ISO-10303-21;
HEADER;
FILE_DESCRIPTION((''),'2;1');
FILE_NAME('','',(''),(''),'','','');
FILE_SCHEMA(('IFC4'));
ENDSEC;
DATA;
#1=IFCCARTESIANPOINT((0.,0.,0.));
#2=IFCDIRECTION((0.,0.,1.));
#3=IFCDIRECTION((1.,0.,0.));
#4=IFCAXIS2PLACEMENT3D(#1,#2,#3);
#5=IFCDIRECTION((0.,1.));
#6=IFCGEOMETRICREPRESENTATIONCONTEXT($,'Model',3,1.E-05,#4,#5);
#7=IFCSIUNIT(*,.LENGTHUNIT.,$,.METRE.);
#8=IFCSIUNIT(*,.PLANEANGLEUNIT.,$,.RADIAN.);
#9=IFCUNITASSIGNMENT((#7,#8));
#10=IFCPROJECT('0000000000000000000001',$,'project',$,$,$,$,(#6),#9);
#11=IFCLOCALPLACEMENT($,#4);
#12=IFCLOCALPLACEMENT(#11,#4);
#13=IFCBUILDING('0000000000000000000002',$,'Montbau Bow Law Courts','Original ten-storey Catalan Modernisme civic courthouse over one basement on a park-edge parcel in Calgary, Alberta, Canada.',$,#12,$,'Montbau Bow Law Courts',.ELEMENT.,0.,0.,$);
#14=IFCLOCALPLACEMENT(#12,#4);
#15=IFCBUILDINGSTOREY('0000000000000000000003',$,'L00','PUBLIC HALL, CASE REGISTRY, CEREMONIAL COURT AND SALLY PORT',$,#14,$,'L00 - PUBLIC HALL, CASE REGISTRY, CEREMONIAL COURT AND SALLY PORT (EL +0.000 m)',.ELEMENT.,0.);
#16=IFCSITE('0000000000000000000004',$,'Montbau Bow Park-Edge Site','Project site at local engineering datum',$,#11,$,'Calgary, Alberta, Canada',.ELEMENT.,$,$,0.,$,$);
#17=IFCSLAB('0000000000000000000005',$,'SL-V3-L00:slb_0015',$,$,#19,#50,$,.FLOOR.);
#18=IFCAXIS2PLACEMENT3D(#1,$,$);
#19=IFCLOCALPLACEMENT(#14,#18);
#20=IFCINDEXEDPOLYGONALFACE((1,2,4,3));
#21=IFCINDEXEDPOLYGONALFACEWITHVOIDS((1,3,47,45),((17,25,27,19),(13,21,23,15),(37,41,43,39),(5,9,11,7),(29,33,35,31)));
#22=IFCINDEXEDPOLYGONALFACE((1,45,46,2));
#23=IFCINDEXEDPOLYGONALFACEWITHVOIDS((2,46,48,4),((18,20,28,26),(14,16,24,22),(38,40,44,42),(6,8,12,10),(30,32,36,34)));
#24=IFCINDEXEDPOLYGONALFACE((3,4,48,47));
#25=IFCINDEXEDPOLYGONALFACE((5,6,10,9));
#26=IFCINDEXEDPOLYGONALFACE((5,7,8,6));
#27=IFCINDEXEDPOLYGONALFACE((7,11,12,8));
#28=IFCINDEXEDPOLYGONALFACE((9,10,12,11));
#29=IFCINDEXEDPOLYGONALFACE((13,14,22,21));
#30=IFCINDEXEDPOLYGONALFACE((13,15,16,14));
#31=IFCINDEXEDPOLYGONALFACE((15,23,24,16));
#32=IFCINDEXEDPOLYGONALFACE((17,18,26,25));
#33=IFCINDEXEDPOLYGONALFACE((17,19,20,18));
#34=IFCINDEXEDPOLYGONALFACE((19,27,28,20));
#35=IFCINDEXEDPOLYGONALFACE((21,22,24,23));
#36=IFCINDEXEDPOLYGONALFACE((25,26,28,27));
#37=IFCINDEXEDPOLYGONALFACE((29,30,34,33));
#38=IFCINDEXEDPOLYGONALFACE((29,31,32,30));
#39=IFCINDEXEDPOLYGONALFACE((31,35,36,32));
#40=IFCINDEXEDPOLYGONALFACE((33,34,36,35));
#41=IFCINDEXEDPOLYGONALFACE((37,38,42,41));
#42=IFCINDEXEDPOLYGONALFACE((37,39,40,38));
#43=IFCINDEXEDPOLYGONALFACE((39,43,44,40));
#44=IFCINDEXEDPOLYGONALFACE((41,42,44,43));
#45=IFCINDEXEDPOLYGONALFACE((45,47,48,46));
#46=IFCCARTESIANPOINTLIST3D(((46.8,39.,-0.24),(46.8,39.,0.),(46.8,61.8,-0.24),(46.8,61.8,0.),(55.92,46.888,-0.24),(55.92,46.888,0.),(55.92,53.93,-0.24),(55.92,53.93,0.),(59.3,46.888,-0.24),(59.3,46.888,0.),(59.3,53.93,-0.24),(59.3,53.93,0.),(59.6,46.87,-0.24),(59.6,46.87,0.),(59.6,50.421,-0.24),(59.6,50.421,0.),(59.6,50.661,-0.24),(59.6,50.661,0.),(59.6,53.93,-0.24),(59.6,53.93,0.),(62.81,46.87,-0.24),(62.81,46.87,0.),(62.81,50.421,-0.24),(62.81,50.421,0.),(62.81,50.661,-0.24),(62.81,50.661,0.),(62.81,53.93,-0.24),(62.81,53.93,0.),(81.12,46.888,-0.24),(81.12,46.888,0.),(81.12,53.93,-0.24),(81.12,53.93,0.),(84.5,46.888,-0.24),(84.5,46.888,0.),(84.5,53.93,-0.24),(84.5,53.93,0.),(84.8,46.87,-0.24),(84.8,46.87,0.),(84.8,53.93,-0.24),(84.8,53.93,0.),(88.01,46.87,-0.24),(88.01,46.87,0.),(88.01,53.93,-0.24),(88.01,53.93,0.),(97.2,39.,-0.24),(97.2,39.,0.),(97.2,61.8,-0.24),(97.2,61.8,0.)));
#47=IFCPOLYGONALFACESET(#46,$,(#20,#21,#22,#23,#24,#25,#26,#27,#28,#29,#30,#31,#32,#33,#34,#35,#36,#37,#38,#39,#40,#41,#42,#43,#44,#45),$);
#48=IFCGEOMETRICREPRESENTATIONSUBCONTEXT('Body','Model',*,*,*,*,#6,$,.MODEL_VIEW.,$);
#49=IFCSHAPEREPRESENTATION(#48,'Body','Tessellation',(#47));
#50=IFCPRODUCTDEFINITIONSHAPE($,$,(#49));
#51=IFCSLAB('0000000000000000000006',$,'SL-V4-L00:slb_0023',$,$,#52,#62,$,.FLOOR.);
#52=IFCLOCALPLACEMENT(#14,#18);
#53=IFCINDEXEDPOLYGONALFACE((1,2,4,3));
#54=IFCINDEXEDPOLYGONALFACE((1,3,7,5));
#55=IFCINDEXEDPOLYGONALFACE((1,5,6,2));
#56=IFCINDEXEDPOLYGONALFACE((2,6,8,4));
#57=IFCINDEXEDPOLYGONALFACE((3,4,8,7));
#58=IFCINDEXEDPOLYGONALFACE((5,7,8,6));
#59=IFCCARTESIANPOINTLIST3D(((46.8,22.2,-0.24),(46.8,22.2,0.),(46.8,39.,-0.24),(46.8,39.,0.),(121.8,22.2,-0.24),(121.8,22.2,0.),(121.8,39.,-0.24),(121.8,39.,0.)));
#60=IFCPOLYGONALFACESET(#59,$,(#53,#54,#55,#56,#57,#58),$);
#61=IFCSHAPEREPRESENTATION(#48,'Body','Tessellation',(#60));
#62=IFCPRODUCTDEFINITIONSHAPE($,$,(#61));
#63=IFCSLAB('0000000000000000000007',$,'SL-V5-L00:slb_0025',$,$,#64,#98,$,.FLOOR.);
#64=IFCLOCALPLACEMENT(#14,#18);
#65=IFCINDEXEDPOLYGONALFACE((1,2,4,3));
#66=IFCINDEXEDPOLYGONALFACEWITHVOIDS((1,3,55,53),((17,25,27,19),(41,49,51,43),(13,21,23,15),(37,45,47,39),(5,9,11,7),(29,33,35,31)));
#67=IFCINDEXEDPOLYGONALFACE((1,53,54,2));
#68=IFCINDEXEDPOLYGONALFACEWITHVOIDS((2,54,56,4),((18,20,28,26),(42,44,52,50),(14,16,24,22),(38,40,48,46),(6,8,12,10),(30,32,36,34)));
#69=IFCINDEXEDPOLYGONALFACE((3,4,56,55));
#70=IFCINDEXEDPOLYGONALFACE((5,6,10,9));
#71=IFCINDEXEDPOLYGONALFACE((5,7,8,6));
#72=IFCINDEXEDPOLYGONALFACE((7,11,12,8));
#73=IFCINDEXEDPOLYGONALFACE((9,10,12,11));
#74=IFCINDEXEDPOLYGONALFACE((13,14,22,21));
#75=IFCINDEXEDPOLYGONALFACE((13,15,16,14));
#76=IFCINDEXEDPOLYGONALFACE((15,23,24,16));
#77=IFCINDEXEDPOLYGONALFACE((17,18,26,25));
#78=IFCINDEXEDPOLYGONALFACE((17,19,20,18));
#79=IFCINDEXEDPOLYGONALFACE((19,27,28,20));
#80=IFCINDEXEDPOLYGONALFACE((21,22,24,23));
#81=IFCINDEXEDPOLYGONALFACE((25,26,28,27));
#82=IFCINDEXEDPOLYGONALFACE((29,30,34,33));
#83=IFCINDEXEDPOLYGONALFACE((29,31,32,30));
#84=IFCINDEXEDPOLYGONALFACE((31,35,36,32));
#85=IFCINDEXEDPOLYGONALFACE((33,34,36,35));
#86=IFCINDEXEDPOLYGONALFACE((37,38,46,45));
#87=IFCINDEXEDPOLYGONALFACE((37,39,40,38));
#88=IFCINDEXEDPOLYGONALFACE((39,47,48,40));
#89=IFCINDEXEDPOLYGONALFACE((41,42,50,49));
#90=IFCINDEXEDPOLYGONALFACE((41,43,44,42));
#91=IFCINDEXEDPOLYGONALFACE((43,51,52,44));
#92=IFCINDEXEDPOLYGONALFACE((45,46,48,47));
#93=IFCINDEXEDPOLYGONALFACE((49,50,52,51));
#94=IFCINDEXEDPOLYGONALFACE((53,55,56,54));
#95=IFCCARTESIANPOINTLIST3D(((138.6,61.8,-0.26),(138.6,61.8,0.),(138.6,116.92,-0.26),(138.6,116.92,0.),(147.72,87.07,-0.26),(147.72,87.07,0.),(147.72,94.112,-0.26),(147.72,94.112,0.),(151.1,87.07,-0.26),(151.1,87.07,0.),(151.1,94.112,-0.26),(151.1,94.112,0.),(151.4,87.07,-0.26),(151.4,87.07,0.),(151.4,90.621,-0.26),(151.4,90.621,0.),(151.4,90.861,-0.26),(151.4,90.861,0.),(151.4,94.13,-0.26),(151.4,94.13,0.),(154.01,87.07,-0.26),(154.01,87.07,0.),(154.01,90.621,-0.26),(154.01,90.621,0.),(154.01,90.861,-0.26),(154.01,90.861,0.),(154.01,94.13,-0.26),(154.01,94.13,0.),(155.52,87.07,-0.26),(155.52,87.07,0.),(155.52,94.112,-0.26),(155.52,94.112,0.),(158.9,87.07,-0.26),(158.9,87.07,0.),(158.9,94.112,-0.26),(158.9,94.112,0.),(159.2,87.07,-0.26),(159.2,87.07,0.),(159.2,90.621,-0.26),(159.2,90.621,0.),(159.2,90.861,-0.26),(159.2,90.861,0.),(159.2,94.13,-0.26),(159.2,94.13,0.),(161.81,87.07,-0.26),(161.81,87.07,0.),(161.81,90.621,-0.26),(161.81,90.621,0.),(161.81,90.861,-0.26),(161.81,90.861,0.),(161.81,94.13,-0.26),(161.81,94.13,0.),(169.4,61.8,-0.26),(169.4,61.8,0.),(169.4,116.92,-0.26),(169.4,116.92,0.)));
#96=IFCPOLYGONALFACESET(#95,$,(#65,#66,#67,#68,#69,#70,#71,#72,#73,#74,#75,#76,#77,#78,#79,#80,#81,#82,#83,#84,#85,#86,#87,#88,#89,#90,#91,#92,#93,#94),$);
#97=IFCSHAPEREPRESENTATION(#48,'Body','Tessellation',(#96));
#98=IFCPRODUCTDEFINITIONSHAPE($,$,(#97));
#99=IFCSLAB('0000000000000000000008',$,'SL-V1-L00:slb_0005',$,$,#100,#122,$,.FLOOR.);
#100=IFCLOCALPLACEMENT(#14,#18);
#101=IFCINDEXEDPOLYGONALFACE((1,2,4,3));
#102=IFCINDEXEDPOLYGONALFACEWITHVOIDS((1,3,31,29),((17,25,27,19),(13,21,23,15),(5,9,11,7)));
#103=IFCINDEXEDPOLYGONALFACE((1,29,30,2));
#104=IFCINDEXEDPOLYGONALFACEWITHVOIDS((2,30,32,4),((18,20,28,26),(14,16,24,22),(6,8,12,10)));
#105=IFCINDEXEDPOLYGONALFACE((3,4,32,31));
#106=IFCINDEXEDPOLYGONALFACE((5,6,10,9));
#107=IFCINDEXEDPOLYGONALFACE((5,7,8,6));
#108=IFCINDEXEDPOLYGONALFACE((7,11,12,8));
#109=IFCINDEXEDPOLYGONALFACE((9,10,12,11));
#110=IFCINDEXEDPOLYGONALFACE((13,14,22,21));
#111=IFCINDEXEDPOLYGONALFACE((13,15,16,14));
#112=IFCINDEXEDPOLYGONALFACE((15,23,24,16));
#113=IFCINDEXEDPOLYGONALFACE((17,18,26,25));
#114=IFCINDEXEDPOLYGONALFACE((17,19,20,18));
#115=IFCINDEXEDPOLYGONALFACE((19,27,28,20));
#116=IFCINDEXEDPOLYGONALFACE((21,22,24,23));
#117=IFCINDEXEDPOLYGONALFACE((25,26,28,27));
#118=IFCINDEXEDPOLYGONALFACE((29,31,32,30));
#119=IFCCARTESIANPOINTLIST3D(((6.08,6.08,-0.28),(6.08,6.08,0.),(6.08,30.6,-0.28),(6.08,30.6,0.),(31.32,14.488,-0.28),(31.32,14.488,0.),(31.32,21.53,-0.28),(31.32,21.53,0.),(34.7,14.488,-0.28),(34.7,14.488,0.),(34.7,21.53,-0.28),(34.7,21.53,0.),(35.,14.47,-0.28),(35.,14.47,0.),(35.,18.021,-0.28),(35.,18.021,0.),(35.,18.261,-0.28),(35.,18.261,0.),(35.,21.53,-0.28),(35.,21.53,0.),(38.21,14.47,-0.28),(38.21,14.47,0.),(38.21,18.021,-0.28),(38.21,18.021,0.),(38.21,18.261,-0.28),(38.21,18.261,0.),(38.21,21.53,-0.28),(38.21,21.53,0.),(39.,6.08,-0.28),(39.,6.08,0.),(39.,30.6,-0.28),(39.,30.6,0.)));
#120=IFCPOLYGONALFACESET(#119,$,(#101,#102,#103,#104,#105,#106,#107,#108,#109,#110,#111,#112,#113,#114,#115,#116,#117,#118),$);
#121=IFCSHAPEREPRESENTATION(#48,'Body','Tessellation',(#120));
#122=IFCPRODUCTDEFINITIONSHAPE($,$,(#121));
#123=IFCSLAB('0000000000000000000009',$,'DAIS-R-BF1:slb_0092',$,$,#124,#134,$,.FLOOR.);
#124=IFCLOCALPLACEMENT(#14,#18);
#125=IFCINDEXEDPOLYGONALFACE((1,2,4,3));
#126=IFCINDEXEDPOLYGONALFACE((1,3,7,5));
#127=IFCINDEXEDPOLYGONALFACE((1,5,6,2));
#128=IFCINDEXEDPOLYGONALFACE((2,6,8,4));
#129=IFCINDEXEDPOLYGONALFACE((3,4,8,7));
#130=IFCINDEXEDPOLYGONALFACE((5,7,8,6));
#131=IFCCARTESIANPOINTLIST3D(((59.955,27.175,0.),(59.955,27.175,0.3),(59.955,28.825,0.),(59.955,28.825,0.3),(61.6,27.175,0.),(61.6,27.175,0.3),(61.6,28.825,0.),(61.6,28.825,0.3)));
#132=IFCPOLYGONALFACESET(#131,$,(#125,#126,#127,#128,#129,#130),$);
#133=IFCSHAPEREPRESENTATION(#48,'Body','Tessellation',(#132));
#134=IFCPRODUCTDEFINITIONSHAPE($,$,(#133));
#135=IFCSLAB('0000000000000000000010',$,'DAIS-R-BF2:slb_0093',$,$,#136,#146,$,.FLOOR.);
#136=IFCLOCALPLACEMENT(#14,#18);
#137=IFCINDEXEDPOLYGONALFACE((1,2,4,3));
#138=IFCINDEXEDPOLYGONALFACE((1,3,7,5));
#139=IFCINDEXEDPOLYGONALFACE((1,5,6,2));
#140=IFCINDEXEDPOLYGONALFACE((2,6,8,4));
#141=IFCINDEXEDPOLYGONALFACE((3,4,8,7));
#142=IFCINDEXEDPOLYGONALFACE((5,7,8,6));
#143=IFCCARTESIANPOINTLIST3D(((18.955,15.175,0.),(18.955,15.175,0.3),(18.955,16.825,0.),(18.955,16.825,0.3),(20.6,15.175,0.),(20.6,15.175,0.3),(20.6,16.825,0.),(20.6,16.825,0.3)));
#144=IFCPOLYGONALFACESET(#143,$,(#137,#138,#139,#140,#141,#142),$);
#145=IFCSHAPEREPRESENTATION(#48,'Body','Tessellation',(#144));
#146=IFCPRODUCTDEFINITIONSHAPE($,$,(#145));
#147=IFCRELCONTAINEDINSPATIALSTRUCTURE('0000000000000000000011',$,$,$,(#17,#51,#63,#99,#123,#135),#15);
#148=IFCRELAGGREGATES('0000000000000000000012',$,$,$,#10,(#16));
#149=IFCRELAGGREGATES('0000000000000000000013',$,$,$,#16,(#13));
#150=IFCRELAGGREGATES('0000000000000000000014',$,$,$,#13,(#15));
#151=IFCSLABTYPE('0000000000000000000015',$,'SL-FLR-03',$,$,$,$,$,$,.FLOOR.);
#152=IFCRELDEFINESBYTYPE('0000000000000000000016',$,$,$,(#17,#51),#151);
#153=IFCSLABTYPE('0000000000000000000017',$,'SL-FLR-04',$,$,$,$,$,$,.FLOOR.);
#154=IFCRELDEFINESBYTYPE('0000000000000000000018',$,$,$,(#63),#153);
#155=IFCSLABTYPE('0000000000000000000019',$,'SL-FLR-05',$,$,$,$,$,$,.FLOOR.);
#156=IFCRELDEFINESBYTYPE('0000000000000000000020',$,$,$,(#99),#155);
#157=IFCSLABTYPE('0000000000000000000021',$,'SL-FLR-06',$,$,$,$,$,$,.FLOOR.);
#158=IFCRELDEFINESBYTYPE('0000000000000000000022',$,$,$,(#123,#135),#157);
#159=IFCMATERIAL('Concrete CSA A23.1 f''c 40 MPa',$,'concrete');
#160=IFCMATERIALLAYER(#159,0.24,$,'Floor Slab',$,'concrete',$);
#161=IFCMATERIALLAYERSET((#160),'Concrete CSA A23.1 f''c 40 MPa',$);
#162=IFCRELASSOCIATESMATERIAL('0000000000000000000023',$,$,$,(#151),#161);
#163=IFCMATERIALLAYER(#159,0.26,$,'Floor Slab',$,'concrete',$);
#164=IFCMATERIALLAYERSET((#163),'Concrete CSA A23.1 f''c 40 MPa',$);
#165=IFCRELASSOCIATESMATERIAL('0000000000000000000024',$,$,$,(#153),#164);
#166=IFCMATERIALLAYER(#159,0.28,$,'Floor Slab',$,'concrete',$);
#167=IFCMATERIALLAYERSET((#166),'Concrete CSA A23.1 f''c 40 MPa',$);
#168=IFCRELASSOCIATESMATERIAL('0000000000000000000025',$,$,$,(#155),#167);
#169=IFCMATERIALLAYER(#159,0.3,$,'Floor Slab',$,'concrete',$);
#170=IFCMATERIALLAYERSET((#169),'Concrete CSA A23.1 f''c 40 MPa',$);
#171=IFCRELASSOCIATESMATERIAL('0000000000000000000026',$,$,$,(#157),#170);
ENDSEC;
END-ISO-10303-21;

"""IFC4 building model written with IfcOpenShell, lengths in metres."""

from ifc_helpers import new_model, si_unit, direction, frame, origin_with_axes, place, context, subcontext, project, spatial, polyline, outline, extrude, material, layer, layer_set, type_object, element, save


model = new_model("IFC4")

# Units and contexts
model_context = context("Model", 3, precision=1e-05, world=origin_with_axes(), true_north=direction((0.0, 1.0)))
body_context = subcontext(model_context, "Body", "Model", "MODEL_VIEW")
ifc_project = project(units=[si_unit("LENGTHUNIT", "METRE"), si_unit("PLANEANGLEUNIT", "RADIAN")], contexts=[model_context])

# Site, building, storey
site_placement = place(None, origin_with_axes())
site = spatial("IfcSite", under=ifc_project, at=site_placement, Name="Montbau Bow Park-Edge Site", Description="Project site at local engineering datum", LongName="Calgary, Alberta, Canada", CompositionType="ELEMENT", RefElevation=0.0)
building_placement = place(site_placement, origin_with_axes())
building = spatial("IfcBuilding", under=site, at=building_placement, Name="Montbau Bow Law Courts", Description="Original ten-storey Catalan Modernisme civic courthouse over one basement on a park-edge parcel in Calgary, Alberta, Canada.", LongName="Montbau Bow Law Courts", CompositionType="ELEMENT", ElevationOfRefHeight=0.0, ElevationOfTerrain=0.0)
storey_placement = place(building_placement, origin_with_axes())
storey = spatial("IfcBuildingStorey", under=building, at=storey_placement, Name="L00", Description="PUBLIC HALL, CASE REGISTRY, CEREMONIAL COURT AND SALLY PORT", LongName="L00 - PUBLIC HALL, CASE REGISTRY, CEREMONIAL COURT AND SALLY PORT (EL +0.000 m)", CompositionType="ELEMENT", Elevation=0.0)

# Slabs
ifc_material_1 = material(Name="Concrete CSA A23.1 f'c 40 MPa", Category="concrete")
ifc_layer_1 = layer(ifc_material_1, 0.24, Name="Floor Slab", Category="concrete")
ifc_layer_set_1 = layer_set([ifc_layer_1], Name="Concrete CSA A23.1 f'c 40 MPa")
slab_type_1 = type_object("IfcSlabType", Name="SL-FLR-03", PredefinedType="FLOOR", material=ifc_layer_set_1)
slab_1_placement = place(None, frame((0.0, 0.0, -0.24), z_axis=(0.0, 0.0, 1.0), x_axis=(1.0, 0.0, 0.0)))
element("IfcSlab", 1, at=slab_1_placement, inside=storey, type_object=slab_type_1, Name="SL-V3-L00:slb_0015", PredefinedType="FLOOR", context=body_context, shape_type="SweptSolid", body=[
    extrude(outline(polyline([(46.8, 39.0), (97.2, 39.0), (97.2, 61.8), (46.8, 61.8), (46.8, 39.0)]), holes=[polyline([(55.92, 46.888), (59.3, 46.888), (59.3, 53.93), (55.92, 53.93), (55.92, 46.888)]), polyline([(59.6, 46.87), (62.81, 46.87), (62.81, 50.421), (59.6, 50.421), (59.6, 46.87)]), polyline([(59.6, 50.661), (62.81, 50.661), (62.81, 53.93), (59.6, 53.93), (59.6, 50.661)]), polyline([(81.12, 46.888), (84.5, 46.888), (84.5, 53.93), (81.12, 53.93), (81.12, 46.888)]), polyline([(84.8, 46.87), (88.01, 46.87), (88.01, 53.93), (84.8, 53.93), (84.8, 46.87)])]), origin_with_axes(), (0.0, 0.0, 1.0), 0.24),
])
slab_2_placement = place(None, frame((0.0, 0.0, -0.24), z_axis=(0.0, 0.0, 1.0), x_axis=(1.0, 0.0, 0.0)))
element("IfcSlab", 2, at=slab_2_placement, inside=storey, type_object=slab_type_1, Name="SL-V4-L00:slb_0023", PredefinedType="FLOOR", context=body_context, shape_type="SweptSolid", body=[
    extrude(outline(polyline([(46.8, 22.2), (121.8, 22.2), (121.8, 39.0), (46.8, 39.0), (46.8, 22.2)])), origin_with_axes(), (0.0, 0.0, 1.0), 0.24),
])
ifc_layer_2 = layer(ifc_material_1, 0.26, Name="Floor Slab", Category="concrete")
ifc_layer_set_2 = layer_set([ifc_layer_2], Name="Concrete CSA A23.1 f'c 40 MPa")
slab_type_2 = type_object("IfcSlabType", Name="SL-FLR-04", PredefinedType="FLOOR", material=ifc_layer_set_2)
slab_3_placement = place(None, frame((0.0, 0.0, -0.26), z_axis=(0.0, 0.0, 1.0), x_axis=(1.0, 0.0, 0.0)))
element("IfcSlab", 3, at=slab_3_placement, inside=storey, type_object=slab_type_2, Name="SL-V5-L00:slb_0025", PredefinedType="FLOOR", context=body_context, shape_type="SweptSolid", body=[
    extrude(outline(polyline([(138.6, 61.8), (169.4, 61.8), (169.4, 116.92), (138.6, 116.92), (138.6, 61.8)]), holes=[polyline([(147.72, 87.07), (151.1, 87.07), (151.1, 94.112), (147.72, 94.112), (147.72, 87.07)]), polyline([(151.4, 87.07), (154.01, 87.07), (154.01, 90.621), (151.4, 90.621), (151.4, 87.07)]), polyline([(151.4, 90.861), (154.01, 90.861), (154.01, 94.13), (151.4, 94.13), (151.4, 90.861)]), polyline([(155.52, 87.07), (158.9, 87.07), (158.9, 94.112), (155.52, 94.112), (155.52, 87.07)]), polyline([(159.2, 87.07), (161.81, 87.07), (161.81, 90.621), (159.2, 90.621), (159.2, 87.07)]), polyline([(159.2, 90.861), (161.81, 90.861), (161.81, 94.13), (159.2, 94.13), (159.2, 90.861)])]), origin_with_axes(), (0.0, 0.0, 1.0), 0.26),
])
ifc_layer_3 = layer(ifc_material_1, 0.28, Name="Floor Slab", Category="concrete")
ifc_layer_set_3 = layer_set([ifc_layer_3], Name="Concrete CSA A23.1 f'c 40 MPa")
slab_type_3 = type_object("IfcSlabType", Name="SL-FLR-05", PredefinedType="FLOOR", material=ifc_layer_set_3)
slab_4_placement = place(None, frame((0.0, 0.0, -0.28), z_axis=(0.0, 0.0, 1.0), x_axis=(1.0, 0.0, 0.0)))
element("IfcSlab", 4, at=slab_4_placement, inside=storey, type_object=slab_type_3, Name="SL-V1-L00:slb_0005", PredefinedType="FLOOR", context=body_context, shape_type="SweptSolid", body=[
    extrude(outline(polyline([(6.08, 6.08), (39.0, 6.08), (39.0, 30.6), (6.08, 30.6), (6.08, 6.08)]), holes=[polyline([(31.32, 14.488), (34.7, 14.488), (34.7, 21.53), (31.32, 21.53), (31.32, 14.488)]), polyline([(35.0, 14.47), (38.21, 14.47), (38.21, 18.021), (35.0, 18.021), (35.0, 14.47)]), polyline([(35.0, 18.261), (38.21, 18.261), (38.21, 21.53), (35.0, 21.53), (35.0, 18.261)])]), origin_with_axes(), (0.0, 0.0, 1.0), 0.28),
])
ifc_layer_4 = layer(ifc_material_1, 0.3, Name="Floor Slab", Category="concrete")
ifc_layer_set_4 = layer_set([ifc_layer_4], Name="Concrete CSA A23.1 f'c 40 MPa")
slab_type_4 = type_object("IfcSlabType", Name="SL-FLR-06", PredefinedType="FLOOR", material=ifc_layer_set_4)
slab_5_placement = place(None, origin_with_axes())
element("IfcSlab", 5, at=slab_5_placement, inside=storey, type_object=slab_type_4, Name="DAIS-R-BF1:slb_0092", PredefinedType="FLOOR", context=body_context, shape_type="SweptSolid", body=[
    extrude(outline(polyline([(59.955, 27.175), (61.6, 27.175), (61.6, 28.825), (59.955, 28.825), (59.955, 27.175)])), origin_with_axes(), (0.0, 0.0, 1.0), 0.3),
])
slab_6_placement = place(None, origin_with_axes())
element("IfcSlab", 6, at=slab_6_placement, inside=storey, type_object=slab_type_4, Name="DAIS-R-BF2:slb_0093", PredefinedType="FLOOR", context=body_context, shape_type="SweptSolid", body=[
    extrude(outline(polyline([(18.955, 15.175), (20.6, 15.175), (20.6, 16.825), (18.955, 16.825), (18.955, 15.175)])), origin_with_axes(), (0.0, 0.0, 1.0), 0.3),
])

save(model, "model.ifc")
